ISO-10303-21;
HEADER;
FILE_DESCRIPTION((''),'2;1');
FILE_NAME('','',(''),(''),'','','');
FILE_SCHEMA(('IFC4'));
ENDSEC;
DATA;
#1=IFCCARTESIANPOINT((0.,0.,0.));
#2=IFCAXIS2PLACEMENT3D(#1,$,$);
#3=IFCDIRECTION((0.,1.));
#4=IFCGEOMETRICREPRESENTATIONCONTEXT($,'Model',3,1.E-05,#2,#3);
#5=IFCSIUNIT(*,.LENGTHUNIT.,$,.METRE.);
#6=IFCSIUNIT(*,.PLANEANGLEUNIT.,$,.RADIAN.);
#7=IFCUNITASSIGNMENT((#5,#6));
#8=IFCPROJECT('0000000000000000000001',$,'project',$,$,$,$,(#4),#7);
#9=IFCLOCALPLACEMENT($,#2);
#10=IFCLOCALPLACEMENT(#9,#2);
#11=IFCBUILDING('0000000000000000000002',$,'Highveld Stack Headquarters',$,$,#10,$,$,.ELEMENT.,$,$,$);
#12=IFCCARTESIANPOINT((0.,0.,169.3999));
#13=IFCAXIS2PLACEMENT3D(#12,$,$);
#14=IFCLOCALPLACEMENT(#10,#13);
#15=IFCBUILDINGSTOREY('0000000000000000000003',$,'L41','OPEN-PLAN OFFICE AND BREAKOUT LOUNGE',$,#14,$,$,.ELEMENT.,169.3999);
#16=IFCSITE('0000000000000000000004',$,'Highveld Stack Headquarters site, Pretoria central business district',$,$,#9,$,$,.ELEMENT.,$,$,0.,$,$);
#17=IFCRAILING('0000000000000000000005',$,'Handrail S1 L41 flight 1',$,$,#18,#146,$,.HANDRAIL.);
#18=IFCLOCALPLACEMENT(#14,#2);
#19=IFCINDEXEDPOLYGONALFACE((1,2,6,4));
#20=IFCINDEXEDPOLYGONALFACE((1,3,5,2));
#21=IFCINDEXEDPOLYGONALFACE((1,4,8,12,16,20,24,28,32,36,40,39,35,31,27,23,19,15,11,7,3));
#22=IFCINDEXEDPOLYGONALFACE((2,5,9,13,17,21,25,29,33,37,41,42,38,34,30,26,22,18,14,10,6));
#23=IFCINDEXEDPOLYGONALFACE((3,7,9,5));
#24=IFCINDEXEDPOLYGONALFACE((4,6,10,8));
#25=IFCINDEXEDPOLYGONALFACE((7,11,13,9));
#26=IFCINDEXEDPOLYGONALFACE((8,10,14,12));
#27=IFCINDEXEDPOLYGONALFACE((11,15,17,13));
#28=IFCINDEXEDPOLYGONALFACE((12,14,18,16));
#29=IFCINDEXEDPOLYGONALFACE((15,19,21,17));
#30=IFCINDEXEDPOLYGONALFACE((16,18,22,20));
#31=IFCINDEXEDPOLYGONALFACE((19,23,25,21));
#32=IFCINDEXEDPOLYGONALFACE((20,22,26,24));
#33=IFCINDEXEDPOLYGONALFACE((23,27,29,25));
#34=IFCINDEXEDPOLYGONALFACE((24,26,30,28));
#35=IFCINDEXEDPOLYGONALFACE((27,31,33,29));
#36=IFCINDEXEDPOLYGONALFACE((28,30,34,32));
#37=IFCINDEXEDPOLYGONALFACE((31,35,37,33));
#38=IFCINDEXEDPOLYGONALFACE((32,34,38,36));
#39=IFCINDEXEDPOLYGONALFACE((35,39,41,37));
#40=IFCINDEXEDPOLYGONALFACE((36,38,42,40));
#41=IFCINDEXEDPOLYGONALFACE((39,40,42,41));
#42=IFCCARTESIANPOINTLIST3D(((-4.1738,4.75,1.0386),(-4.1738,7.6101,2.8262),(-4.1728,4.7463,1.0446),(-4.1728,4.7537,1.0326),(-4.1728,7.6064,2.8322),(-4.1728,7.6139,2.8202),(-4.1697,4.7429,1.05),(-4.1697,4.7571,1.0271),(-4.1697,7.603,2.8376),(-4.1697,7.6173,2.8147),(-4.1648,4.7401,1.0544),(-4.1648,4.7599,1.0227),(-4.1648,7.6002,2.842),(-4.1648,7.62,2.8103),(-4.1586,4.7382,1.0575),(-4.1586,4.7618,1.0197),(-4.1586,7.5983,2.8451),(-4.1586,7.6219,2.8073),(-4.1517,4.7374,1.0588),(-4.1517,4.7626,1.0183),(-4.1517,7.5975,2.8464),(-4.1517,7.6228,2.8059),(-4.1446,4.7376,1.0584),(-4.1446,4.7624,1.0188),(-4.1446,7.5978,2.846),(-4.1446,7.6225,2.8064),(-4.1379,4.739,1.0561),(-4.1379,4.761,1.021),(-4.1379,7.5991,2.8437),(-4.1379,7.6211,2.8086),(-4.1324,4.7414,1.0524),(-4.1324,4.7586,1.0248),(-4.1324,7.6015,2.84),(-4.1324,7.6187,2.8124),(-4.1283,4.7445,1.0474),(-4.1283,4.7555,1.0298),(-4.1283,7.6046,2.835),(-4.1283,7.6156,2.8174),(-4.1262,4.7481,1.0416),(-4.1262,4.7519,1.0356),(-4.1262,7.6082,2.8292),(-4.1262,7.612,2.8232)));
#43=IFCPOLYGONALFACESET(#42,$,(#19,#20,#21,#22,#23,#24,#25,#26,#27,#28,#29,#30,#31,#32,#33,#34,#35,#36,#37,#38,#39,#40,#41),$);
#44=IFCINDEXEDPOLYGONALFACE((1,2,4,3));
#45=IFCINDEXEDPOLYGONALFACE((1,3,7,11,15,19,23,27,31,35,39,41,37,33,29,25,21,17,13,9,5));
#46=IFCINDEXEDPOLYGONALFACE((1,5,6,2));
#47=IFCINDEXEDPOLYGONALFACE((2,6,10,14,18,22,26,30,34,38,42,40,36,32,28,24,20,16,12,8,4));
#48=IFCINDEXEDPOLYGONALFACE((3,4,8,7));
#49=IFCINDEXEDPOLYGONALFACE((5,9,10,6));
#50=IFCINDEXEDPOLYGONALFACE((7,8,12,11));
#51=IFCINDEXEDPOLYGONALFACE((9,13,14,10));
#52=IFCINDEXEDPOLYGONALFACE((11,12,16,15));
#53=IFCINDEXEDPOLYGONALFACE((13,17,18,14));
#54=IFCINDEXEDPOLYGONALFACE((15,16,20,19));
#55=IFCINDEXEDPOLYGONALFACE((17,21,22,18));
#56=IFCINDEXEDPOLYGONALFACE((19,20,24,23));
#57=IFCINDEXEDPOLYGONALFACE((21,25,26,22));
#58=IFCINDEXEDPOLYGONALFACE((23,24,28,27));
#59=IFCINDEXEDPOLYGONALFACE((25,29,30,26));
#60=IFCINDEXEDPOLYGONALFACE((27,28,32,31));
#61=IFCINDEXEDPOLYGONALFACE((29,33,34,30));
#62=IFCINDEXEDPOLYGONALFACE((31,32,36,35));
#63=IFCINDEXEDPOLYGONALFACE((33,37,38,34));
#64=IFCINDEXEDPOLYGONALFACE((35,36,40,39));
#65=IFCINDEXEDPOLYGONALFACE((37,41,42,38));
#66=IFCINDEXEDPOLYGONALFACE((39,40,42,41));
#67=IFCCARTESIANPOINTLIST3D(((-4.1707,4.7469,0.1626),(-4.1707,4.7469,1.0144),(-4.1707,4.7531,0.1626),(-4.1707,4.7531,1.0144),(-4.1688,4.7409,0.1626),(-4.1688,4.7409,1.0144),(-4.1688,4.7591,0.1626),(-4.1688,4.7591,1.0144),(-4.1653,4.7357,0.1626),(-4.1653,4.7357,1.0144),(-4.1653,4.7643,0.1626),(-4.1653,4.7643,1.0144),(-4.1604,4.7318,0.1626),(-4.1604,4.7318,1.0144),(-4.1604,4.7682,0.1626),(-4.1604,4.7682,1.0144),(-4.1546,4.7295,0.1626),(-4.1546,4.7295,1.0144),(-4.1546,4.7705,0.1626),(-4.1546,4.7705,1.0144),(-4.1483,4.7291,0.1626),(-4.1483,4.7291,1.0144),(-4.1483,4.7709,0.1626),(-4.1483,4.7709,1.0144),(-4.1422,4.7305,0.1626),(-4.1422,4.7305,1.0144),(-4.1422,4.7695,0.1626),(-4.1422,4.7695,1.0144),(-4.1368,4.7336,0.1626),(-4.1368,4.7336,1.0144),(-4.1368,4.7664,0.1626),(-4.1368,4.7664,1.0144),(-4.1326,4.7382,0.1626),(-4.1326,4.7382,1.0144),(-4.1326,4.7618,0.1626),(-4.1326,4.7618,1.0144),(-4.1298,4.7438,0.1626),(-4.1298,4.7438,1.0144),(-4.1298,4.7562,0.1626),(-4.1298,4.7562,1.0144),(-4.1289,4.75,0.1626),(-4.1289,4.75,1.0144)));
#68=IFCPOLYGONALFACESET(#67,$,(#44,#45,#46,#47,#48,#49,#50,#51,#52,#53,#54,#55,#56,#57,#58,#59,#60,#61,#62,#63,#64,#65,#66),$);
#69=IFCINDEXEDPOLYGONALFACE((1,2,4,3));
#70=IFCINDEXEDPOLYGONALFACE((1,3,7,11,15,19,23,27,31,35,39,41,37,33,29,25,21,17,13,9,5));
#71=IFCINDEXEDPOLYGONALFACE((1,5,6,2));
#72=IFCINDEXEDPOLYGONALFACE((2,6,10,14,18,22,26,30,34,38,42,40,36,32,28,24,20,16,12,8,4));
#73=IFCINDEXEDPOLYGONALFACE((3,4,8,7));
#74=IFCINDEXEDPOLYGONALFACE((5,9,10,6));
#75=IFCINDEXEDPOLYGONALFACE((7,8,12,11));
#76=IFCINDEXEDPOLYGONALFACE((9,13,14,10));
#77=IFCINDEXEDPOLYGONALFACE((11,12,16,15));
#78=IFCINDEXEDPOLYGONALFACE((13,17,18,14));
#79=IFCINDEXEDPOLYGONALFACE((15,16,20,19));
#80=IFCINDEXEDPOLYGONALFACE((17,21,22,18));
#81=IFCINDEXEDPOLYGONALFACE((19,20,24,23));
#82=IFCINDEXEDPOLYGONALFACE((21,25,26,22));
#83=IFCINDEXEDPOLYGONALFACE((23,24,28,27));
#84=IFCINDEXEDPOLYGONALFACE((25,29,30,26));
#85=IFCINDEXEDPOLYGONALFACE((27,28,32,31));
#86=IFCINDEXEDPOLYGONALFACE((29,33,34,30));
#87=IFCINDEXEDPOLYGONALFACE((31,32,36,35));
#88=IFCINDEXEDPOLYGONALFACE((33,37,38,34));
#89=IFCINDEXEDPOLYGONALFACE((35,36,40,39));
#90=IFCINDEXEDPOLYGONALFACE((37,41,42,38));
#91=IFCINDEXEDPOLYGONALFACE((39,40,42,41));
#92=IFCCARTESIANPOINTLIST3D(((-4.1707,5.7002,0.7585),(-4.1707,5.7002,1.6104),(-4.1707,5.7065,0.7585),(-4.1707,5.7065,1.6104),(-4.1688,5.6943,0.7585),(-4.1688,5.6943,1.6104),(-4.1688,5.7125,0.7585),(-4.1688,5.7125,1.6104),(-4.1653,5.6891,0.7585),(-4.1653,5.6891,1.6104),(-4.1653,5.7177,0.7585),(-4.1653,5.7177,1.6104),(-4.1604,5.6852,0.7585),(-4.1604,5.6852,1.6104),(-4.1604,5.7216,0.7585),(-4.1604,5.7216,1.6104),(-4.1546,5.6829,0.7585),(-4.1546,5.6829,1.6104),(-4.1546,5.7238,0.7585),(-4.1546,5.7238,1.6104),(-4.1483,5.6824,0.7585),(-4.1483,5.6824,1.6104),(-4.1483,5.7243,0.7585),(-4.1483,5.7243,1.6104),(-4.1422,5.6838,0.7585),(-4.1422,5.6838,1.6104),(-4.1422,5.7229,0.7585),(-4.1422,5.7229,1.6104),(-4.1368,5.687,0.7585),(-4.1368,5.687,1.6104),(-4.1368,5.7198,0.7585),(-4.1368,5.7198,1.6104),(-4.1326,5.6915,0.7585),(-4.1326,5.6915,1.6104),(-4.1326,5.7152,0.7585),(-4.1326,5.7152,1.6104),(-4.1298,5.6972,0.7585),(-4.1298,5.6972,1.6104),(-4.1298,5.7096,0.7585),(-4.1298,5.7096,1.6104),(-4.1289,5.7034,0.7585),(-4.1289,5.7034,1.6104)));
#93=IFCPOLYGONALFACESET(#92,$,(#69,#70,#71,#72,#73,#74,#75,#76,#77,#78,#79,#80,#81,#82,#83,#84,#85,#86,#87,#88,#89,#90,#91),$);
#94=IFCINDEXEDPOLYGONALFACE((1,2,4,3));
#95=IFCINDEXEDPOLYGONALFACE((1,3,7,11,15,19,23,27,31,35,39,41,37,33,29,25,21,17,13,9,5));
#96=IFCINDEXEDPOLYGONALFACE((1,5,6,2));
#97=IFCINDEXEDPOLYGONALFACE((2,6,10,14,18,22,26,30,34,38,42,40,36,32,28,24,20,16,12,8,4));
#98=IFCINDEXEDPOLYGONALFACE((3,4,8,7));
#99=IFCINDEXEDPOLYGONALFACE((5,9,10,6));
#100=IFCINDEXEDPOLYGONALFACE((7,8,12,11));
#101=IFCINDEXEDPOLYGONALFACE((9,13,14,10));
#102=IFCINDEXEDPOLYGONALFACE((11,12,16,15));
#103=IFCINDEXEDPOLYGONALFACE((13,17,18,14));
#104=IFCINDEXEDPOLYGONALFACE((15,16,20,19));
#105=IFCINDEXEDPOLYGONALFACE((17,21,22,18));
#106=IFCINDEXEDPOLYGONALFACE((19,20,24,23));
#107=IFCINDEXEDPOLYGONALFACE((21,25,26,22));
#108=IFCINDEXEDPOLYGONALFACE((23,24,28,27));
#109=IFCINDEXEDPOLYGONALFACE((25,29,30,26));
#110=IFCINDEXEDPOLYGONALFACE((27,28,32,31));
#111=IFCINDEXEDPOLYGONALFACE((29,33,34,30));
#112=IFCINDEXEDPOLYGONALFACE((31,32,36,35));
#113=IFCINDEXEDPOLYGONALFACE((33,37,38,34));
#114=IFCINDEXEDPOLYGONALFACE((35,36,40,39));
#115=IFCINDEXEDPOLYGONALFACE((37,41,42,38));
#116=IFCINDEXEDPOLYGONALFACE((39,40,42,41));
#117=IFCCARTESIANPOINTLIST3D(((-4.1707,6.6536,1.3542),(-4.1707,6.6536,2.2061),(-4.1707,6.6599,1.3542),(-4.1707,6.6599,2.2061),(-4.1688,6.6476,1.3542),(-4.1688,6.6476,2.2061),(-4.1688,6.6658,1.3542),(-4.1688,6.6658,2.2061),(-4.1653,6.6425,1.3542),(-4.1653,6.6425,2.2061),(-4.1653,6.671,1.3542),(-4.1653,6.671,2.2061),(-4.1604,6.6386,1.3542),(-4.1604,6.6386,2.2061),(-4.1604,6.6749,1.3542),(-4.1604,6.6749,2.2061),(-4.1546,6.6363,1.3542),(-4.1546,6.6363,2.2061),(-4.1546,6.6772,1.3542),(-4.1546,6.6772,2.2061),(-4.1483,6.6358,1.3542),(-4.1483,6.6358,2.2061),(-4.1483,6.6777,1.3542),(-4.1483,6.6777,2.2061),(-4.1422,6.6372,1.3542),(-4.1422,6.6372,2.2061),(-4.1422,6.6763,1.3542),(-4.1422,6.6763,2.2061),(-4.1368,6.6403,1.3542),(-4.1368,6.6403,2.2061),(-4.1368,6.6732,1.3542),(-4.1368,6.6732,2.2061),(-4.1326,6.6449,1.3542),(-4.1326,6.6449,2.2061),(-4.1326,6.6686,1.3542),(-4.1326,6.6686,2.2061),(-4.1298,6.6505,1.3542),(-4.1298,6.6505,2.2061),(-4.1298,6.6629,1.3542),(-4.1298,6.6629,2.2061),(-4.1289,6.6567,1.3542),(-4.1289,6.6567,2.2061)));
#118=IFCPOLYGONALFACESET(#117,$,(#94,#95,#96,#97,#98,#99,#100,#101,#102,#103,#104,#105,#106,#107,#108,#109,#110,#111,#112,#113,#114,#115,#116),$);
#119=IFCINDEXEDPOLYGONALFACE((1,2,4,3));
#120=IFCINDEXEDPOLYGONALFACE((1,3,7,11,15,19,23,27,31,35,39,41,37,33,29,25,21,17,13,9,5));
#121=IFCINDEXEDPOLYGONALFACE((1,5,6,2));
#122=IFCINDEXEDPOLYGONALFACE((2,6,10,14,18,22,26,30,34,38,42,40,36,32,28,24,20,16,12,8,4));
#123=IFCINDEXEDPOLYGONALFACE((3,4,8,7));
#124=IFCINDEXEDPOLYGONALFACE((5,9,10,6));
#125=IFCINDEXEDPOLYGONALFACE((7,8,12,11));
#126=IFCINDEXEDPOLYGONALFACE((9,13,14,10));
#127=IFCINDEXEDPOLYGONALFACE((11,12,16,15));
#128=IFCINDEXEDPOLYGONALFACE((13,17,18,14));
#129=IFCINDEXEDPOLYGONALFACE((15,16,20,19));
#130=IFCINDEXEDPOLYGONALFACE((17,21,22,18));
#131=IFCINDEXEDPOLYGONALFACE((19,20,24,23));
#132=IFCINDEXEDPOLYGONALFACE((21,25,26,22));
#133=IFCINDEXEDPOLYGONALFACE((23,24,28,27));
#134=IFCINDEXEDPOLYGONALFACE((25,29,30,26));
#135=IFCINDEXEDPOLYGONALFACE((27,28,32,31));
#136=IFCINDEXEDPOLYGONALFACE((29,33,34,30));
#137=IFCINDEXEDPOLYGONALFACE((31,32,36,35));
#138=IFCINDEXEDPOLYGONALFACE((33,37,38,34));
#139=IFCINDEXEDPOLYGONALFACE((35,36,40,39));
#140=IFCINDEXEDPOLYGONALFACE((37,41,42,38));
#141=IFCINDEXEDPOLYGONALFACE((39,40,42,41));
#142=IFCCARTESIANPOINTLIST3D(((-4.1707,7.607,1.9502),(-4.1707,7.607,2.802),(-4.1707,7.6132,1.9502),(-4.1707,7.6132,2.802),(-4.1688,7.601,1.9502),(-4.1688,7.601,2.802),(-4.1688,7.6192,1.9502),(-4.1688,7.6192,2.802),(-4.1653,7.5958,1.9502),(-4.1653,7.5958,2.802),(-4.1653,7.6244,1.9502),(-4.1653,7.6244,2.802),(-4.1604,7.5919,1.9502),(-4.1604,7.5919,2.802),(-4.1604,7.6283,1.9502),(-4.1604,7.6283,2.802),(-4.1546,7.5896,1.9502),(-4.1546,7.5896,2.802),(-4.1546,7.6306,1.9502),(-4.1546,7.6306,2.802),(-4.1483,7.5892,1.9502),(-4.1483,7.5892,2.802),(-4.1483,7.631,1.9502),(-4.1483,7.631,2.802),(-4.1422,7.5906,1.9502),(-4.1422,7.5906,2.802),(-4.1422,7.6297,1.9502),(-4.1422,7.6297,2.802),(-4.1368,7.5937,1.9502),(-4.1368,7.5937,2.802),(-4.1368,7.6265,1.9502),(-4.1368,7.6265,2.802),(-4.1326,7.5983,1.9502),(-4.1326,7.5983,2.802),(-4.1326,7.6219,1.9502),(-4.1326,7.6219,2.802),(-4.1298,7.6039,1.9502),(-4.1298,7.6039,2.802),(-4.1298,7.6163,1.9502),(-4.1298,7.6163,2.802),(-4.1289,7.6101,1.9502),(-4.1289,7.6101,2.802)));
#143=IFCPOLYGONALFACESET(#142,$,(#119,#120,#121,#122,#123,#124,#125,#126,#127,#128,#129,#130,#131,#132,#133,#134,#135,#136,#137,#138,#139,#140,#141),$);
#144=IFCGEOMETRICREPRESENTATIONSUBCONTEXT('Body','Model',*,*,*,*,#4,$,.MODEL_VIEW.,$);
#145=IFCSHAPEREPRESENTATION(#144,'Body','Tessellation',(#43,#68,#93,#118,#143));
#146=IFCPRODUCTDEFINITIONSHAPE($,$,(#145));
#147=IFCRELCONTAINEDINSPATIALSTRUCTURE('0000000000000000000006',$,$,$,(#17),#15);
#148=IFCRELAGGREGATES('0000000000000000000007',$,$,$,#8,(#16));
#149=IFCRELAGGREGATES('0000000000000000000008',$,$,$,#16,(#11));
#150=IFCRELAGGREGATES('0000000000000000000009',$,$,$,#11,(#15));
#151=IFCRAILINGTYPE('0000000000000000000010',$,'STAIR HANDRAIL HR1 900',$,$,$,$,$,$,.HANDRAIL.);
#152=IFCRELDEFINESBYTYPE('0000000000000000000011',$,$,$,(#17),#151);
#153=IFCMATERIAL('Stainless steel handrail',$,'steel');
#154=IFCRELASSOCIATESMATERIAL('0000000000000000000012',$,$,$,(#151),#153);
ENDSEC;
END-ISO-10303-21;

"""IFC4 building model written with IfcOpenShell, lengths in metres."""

from ifc_helpers import new_model, si_unit, direction, frame, origin, origin_2d, place, context, subcontext, project, spatial, circle, extrude, material, type_object, element, save


model = new_model("IFC4")

# Units and contexts
model_context = context("Model", 3, precision=1e-05, world=origin(), true_north=direction((0.0, 1.0)))
body_context = subcontext(model_context, "Body", "Model", "MODEL_VIEW")
ifc_project = project(units=[si_unit("LENGTHUNIT", "METRE"), si_unit("PLANEANGLEUNIT", "RADIAN")], contexts=[model_context])

# Site, building, storey
site_placement = place(None, origin())
site = spatial("IfcSite", under=ifc_project, at=site_placement, Name="Highveld Stack Headquarters site, Pretoria central business district", CompositionType="ELEMENT", RefElevation=0.0)
building_placement = place(site_placement, origin())
building = spatial("IfcBuilding", under=site, at=building_placement, Name="Highveld Stack Headquarters", CompositionType="ELEMENT")
storey_placement = place(building_placement, frame((0.0, 0.0, 169.3999)))
storey = spatial("IfcBuildingStorey", under=building, at=storey_placement, Name="L41", Description="OPEN-PLAN OFFICE AND BREAKOUT LOUNGE", CompositionType="ELEMENT", Elevation=169.3999)

# Railing
ifc_material_1 = material(Name="Stainless steel handrail", Category="steel")
railing_type = type_object("IfcRailingType", Name="STAIR HANDRAIL HR1 900", PredefinedType="HANDRAIL", material=ifc_material_1)
for number, where, name in (
    (1, (-4.1499, 4.75, 0.1626), "Handrail S1 L41 flight 1"),
):
    element("IfcRailing", number, at=place(storey_placement, frame(where)), inside=storey, type_object=railing_type, Name=name, PredefinedType="HANDRAIL", context=body_context, shape_type="SweptSolid", body=[
        extrude(circle(Radius=0.0239, at=origin_2d()), frame((0.0, 0.0, 0.876), z_axis=(0.0, 0.847994, 0.530005), x_axis=(-1.0, 0.0, 0.0)), (0.0, 0.0, 1.0), 3.3728),
        extrude(circle(Radius=0.021, at=origin_2d()), origin(), (0.0, 0.0, 1.0), 0.8518),
        extrude(circle(Radius=0.021, at=origin_2d()), frame((0.0, 0.9534, 0.5959)), (0.0, 0.0, 1.0), 0.8518),
        extrude(circle(Radius=0.021, at=origin_2d()), frame((0.0, 1.9067, 1.1917)), (0.0, 0.0, 1.0), 0.8518),
        extrude(circle(Radius=0.021, at=origin_2d()), frame((0.0, 2.8601, 1.7876)), (0.0, 0.0, 1.0), 0.8518),
    ])

save(model, "model.ifc")
